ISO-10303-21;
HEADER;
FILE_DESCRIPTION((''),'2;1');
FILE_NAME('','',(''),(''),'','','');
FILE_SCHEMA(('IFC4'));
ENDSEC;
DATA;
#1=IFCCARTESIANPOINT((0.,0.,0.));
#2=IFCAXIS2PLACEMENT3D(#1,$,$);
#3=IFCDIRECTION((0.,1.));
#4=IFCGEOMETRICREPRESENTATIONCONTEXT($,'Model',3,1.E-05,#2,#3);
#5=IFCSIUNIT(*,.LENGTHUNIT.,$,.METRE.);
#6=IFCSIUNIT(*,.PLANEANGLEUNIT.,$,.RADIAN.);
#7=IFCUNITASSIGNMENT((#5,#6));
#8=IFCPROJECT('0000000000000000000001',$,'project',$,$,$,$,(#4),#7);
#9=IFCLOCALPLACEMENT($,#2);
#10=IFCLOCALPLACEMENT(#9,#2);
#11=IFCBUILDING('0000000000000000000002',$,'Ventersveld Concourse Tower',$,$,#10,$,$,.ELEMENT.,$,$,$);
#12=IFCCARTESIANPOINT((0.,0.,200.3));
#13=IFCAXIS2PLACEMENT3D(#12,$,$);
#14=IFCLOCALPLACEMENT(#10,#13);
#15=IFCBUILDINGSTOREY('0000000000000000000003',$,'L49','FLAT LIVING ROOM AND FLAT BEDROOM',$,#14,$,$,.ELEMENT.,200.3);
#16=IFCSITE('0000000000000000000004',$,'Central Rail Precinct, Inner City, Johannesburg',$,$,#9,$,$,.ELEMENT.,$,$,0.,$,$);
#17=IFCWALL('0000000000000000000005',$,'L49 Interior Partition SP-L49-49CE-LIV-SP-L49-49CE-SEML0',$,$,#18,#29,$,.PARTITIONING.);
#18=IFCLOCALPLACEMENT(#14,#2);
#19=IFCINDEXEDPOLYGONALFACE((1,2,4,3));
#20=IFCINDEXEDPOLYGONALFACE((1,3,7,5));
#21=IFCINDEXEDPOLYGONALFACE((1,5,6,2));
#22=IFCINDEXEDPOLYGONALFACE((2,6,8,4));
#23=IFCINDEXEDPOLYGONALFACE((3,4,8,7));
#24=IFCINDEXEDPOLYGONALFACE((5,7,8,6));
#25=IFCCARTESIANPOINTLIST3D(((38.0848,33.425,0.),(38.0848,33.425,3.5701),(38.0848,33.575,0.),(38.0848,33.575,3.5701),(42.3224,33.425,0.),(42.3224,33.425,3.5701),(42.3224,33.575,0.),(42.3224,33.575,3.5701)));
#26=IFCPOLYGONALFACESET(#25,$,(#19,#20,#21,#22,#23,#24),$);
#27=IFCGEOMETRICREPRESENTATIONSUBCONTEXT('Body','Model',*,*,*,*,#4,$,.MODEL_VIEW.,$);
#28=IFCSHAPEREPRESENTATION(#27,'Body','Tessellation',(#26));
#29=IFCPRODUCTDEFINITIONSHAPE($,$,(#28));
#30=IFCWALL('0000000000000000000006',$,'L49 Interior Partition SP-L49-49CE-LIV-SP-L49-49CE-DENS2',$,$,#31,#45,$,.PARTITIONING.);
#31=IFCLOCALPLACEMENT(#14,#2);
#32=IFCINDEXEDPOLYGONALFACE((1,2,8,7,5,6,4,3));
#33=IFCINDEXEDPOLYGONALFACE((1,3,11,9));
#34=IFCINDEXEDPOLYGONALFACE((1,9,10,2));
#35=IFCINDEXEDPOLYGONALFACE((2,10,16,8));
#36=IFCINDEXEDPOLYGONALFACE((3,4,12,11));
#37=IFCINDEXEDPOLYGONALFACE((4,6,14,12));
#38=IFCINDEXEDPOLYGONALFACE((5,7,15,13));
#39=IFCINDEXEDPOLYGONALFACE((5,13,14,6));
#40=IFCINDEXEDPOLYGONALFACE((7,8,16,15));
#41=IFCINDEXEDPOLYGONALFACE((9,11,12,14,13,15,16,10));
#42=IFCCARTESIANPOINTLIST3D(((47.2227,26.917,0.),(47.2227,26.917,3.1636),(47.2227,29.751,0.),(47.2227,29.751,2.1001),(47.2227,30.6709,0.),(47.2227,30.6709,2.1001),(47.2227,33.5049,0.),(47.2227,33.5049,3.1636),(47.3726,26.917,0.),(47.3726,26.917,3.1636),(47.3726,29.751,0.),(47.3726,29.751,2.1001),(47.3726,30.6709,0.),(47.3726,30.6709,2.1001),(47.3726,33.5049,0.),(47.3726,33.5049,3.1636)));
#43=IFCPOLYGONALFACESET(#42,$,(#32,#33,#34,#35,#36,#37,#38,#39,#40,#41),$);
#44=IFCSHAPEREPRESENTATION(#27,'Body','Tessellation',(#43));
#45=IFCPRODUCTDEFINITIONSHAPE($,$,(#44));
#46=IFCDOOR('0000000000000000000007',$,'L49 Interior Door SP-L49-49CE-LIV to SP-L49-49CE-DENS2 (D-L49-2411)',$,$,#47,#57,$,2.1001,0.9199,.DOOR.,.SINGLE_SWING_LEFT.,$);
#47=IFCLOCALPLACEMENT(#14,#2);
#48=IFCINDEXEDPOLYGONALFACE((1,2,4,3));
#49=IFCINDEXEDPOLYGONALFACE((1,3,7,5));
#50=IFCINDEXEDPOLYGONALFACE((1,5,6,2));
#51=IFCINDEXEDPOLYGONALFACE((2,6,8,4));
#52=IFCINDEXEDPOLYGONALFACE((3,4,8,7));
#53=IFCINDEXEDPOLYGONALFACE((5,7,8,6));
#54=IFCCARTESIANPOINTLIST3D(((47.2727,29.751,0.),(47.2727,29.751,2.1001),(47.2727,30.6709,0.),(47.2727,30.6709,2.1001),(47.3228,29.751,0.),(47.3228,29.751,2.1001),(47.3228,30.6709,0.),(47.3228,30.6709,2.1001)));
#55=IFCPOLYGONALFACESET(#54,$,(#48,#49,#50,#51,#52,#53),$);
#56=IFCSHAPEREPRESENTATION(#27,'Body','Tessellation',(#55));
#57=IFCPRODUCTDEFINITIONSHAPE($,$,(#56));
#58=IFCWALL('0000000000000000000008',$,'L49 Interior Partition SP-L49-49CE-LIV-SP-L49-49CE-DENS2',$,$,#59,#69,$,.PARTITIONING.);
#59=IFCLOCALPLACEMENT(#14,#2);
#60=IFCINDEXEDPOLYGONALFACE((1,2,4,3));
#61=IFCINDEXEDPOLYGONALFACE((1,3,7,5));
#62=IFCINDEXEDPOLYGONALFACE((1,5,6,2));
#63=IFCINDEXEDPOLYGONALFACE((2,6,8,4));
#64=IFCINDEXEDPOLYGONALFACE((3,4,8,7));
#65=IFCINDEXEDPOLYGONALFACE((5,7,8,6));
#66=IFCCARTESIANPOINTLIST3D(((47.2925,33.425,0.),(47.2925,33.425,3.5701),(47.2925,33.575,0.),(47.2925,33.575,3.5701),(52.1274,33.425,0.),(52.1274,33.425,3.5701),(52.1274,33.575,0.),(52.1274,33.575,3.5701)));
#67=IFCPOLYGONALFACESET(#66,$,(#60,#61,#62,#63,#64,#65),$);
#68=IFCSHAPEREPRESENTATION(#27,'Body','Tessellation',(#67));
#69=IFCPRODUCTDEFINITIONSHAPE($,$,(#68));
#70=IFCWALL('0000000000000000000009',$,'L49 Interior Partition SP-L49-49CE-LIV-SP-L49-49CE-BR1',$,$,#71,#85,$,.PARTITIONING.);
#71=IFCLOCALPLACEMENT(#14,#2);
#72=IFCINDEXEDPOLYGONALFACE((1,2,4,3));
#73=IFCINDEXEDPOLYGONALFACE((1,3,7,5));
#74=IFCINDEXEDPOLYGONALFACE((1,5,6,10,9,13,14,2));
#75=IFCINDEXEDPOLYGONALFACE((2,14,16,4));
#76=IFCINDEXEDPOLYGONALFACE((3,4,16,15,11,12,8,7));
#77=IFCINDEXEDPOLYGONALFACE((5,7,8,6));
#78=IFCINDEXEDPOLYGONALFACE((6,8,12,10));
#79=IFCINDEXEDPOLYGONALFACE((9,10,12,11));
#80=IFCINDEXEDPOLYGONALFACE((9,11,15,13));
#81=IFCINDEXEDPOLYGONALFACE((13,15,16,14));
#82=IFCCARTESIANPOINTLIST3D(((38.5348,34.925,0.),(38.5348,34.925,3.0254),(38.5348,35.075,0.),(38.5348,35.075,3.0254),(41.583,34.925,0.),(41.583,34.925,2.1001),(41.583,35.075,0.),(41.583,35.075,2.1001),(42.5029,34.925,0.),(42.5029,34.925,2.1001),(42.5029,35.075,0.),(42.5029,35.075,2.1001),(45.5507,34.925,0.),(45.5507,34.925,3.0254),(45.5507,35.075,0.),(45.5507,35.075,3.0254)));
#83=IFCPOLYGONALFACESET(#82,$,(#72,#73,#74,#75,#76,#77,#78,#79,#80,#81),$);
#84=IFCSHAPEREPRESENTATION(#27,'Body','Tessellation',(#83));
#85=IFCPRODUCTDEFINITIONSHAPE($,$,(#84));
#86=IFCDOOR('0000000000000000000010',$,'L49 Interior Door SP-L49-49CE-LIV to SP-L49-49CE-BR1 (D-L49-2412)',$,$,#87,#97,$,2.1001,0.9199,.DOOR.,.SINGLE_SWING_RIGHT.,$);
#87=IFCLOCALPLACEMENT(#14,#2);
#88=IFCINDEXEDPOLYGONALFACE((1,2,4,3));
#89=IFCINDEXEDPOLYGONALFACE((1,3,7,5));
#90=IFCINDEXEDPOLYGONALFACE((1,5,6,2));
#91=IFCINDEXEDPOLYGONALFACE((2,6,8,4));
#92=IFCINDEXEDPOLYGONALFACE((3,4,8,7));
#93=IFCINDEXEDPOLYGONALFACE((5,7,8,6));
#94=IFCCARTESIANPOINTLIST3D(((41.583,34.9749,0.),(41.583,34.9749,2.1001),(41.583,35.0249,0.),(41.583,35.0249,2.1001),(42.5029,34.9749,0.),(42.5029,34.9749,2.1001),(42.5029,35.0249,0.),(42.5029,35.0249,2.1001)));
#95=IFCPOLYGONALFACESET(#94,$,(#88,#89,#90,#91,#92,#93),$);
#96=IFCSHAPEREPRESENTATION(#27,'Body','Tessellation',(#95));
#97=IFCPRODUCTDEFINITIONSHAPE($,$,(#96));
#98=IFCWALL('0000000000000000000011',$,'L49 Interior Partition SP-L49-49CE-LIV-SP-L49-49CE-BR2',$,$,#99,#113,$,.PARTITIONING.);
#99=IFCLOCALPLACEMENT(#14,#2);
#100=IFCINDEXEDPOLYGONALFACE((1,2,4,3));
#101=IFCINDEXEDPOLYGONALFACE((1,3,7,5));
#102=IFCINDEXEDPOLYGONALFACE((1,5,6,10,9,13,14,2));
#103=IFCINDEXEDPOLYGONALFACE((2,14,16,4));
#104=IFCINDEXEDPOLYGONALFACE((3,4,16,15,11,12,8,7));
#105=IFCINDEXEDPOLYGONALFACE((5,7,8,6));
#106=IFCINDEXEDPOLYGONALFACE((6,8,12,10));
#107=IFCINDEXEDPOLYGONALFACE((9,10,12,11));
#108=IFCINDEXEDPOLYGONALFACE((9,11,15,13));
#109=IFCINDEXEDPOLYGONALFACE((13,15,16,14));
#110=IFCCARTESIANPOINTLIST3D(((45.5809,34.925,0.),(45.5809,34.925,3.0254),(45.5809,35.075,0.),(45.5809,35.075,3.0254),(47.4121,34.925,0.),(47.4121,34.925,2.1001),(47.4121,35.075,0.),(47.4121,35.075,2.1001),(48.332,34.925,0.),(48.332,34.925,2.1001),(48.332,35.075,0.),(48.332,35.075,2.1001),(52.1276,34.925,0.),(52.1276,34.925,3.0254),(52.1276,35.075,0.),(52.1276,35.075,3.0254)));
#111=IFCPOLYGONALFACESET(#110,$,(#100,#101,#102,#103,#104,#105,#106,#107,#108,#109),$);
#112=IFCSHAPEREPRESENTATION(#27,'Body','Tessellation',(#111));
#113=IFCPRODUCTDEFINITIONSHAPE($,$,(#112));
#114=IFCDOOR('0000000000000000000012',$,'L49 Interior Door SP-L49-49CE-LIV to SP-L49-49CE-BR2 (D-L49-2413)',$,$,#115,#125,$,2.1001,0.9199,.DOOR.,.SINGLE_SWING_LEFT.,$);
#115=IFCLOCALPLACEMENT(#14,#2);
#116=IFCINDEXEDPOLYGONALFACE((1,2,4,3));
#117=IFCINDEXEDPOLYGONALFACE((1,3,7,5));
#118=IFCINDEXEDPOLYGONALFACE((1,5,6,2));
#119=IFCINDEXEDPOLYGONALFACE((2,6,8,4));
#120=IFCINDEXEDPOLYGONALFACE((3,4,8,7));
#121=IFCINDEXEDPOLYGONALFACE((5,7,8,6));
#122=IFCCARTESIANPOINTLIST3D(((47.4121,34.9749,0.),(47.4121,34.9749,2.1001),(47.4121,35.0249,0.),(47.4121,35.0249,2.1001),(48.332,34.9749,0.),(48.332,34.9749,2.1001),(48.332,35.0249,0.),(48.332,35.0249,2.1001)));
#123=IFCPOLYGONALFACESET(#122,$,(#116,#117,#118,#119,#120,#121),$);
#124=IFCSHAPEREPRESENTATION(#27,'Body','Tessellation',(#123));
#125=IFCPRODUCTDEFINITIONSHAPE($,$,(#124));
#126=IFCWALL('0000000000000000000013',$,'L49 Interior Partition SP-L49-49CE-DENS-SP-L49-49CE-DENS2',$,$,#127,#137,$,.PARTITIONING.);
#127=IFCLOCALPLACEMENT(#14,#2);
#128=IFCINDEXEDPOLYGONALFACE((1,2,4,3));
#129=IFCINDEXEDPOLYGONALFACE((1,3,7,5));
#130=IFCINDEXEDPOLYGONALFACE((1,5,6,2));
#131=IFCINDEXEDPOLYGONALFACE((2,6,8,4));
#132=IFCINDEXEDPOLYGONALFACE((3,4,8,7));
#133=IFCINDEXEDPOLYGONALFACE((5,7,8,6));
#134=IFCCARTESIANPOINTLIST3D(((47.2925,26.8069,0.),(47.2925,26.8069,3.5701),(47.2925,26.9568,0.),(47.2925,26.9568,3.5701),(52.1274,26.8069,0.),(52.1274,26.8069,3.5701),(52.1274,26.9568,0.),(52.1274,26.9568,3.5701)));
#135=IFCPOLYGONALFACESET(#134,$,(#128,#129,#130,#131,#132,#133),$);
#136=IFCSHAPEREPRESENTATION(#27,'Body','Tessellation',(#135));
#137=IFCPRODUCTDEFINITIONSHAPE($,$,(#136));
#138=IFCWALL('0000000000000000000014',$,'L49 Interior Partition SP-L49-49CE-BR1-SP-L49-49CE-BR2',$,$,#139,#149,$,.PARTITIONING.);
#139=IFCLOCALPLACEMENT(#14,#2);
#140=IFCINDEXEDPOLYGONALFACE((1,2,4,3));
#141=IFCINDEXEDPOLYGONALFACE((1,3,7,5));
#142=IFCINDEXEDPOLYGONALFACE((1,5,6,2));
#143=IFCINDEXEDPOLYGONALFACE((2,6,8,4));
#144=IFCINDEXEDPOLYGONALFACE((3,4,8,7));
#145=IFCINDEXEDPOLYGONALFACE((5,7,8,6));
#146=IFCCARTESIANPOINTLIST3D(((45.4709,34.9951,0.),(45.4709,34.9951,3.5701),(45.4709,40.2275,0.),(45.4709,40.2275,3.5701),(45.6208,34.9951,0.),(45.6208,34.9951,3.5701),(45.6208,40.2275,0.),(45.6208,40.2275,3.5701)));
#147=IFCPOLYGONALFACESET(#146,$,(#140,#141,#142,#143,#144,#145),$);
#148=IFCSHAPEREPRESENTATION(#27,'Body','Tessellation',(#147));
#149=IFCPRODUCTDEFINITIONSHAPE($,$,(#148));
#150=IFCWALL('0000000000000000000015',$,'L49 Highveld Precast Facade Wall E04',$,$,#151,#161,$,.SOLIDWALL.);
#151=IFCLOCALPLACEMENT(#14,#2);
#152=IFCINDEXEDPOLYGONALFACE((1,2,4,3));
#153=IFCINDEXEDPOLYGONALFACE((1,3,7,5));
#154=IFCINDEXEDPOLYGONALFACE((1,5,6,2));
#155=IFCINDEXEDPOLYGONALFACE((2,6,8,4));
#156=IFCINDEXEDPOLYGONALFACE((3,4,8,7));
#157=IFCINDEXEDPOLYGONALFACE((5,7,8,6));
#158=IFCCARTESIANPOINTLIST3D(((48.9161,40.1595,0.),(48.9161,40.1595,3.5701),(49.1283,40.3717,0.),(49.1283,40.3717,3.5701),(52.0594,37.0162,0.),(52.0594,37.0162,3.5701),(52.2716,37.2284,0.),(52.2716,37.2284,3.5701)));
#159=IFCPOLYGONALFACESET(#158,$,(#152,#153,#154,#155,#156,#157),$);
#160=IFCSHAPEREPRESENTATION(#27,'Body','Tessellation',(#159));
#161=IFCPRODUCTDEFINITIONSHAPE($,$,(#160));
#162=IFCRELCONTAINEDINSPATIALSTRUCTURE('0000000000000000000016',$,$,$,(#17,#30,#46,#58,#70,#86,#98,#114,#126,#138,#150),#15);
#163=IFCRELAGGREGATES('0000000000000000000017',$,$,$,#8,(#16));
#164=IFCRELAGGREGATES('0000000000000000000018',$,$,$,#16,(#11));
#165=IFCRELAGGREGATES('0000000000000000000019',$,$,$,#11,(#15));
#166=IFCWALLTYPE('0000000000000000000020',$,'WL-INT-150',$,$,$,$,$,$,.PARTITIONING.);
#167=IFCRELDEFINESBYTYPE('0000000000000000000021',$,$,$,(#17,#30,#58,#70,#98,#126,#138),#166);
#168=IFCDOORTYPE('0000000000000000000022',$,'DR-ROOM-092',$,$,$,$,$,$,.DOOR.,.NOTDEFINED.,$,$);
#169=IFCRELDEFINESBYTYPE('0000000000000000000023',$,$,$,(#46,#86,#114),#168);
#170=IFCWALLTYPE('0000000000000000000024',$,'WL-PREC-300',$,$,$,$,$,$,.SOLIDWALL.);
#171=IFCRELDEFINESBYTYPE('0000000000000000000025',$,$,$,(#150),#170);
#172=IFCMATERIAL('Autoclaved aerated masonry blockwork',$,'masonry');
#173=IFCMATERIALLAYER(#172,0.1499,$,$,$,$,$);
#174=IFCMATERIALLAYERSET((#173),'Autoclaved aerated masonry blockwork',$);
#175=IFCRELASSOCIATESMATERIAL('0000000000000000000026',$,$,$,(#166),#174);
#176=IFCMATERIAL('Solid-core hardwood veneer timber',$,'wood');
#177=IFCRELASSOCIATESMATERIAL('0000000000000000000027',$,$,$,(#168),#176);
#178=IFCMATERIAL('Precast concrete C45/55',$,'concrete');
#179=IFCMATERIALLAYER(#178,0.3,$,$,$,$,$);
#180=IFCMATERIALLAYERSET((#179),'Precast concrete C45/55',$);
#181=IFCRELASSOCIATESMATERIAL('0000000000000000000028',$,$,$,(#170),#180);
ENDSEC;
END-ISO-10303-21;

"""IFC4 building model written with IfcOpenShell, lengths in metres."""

from ifc_helpers import new_model, si_unit, direction, frame, frame_2d, origin, place, context, subcontext, project, spatial, rectangle, extrude, material, layer, layer_set, type_object, element, fill, save


model = new_model("IFC4")

# Units and contexts
model_context = context("Model", 3, precision=1e-05, world=origin(), true_north=direction((0.0, 1.0)))
body_context = subcontext(model_context, "Body", "Model", "MODEL_VIEW")
ifc_project = project(units=[si_unit("LENGTHUNIT", "METRE"), si_unit("PLANEANGLEUNIT", "RADIAN")], contexts=[model_context])

# Site, building, storey
site_placement = place(None, origin())
site = spatial("IfcSite", under=ifc_project, at=site_placement, Name="Central Rail Precinct, Inner City, Johannesburg", CompositionType="ELEMENT", RefElevation=0.0)
building_placement = place(site_placement, origin())
building = spatial("IfcBuilding", under=site, at=building_placement, Name="Ventersveld Concourse Tower", CompositionType="ELEMENT")
storey_placement = place(building_placement, frame((0.0, 0.0, 200.3)))
storey = spatial("IfcBuildingStorey", under=building, at=storey_placement, Name="L49", Description="FLAT LIVING ROOM AND FLAT BEDROOM", CompositionType="ELEMENT", Elevation=200.3)

# Wall
ifc_material_1 = material(Name="Autoclaved aerated masonry blockwork", Category="masonry")
ifc_layer_1 = layer(ifc_material_1, 0.1499)
ifc_layer_set_1 = layer_set([ifc_layer_1], Name="Autoclaved aerated masonry blockwork")
wall_type_1 = type_object("IfcWallType", Name="WL-INT-150", PredefinedType="PARTITIONING", material=ifc_layer_set_1)
wall_1_placement = place(storey_placement, frame((38.085, 33.5, 0.0), z_axis=(0.0, 0.0, 1.0), x_axis=(1.0, 0.0, 0.0)))
element("IfcWall", 1, at=wall_1_placement, inside=storey, type_object=wall_type_1, Name="L49 Interior Partition SP-L49-49CE-LIV-SP-L49-49CE-SEML0", PredefinedType="PARTITIONING", context=body_context, shape_type="SweptSolid", body=[
    extrude(rectangle(XDim=4.2375, YDim=0.1499, at=frame_2d((2.1187, 0.0))), origin(), (0.0, 0.0, 1.0), 3.5701),
])

# Wall, opening, door
wall_2_placement = place(storey_placement, frame((47.2976, 26.917, 0.0), z_axis=(0.0, 0.0, 1.0), x_axis=(0.0, 1.0, 0.0)))
wall_2 = element("IfcWall", 2, at=wall_2_placement, inside=storey, type_object=wall_type_1, Name="L49 Interior Partition SP-L49-49CE-LIV-SP-L49-49CE-DENS2", PredefinedType="PARTITIONING", context=body_context, shape_type="SweptSolid", body=[
    extrude(rectangle(XDim=6.5879, YDim=0.1499, at=frame_2d((3.2939, 0.0))), origin(), (0.0, 0.0, 1.0), 3.1636),
])
opening_1_placement = place(wall_2_placement, frame((2.834, 0.0, 0.0)))
opening_1 = element("IfcOpeningElement", 3, at=opening_1_placement, cuts=wall_2, PredefinedType="OPENING", context=body_context, shape_type="SweptSolid", body=[
    extrude(rectangle(XDim=0.9199, YDim=2.1001, at=frame_2d((0.46, 1.05))), frame((0.0, 0.085, 0.0), z_axis=(0.0, -1.0, 0.0), x_axis=(1.0, 0.0, 0.0)), (0.0, 0.0, 1.0), 0.1699),
])
ifc_material_2 = material(Name="Solid-core hardwood veneer timber", Category="wood")
door_type = type_object("IfcDoorType", Name="DR-ROOM-092", OperationType="NOTDEFINED", PredefinedType="DOOR", material=ifc_material_2)
door_1_placement = place(opening_1_placement, origin())
door_1 = element("IfcDoor", 4, at=door_1_placement, inside=storey, type_object=door_type, Name="L49 Interior Door SP-L49-49CE-LIV to SP-L49-49CE-DENS2 (D-L49-2411)", OperationType="SINGLE_SWING_LEFT", OverallHeight=2.1001, OverallWidth=0.9199, PredefinedType="DOOR", context=body_context, shape_type="SweptSolid", body=[
    extrude(rectangle(XDim=0.9199, YDim=2.1001, at=frame_2d((0.46, 1.05))), frame((0.0, 0.0249, 0.0), z_axis=(0.0, -1.0, 0.0), x_axis=(1.0, 0.0, 0.0)), (0.0, 0.0, 1.0), 0.05),
])
fill(opening_1, door_1)

# Wall
wall_3_placement = place(storey_placement, frame((47.2925, 33.5, 0.0), z_axis=(0.0, 0.0, 1.0), x_axis=(1.0, 0.0, 0.0)))
element("IfcWall", 5, at=wall_3_placement, inside=storey, type_object=wall_type_1, Name="L49 Interior Partition SP-L49-49CE-LIV-SP-L49-49CE-DENS2", PredefinedType="PARTITIONING", context=body_context, shape_type="SweptSolid", body=[
    extrude(rectangle(XDim=4.835, YDim=0.1499, at=frame_2d((2.4175, 0.0))), origin(), (0.0, 0.0, 1.0), 3.5701),
])

# Walls, openings, doors
wall_4_placement = place(storey_placement, frame((38.5349, 35.0, 0.0), z_axis=(0.0, 0.0, 1.0), x_axis=(1.0, 0.0, 0.0)))
wall_4 = element("IfcWall", 6, at=wall_4_placement, inside=storey, type_object=wall_type_1, Name="L49 Interior Partition SP-L49-49CE-LIV-SP-L49-49CE-BR1", PredefinedType="PARTITIONING", context=body_context, shape_type="SweptSolid", body=[
    extrude(rectangle(XDim=7.0159, YDim=0.1499, at=frame_2d((3.5078, 0.0))), origin(), (0.0, 0.0, 1.0), 3.0254),
])
opening_2_placement = place(wall_4_placement, frame((3.0481, 0.0, 0.0)))
opening_2 = element("IfcOpeningElement", 7, at=opening_2_placement, cuts=wall_4, PredefinedType="OPENING", context=body_context, shape_type="SweptSolid", body=[
    extrude(rectangle(XDim=0.9199, YDim=2.1001, at=frame_2d((0.46, 1.05))), frame((0.0, 0.085, 0.0), z_axis=(0.0, -1.0, 0.0), x_axis=(1.0, 0.0, 0.0)), (0.0, 0.0, 1.0), 0.1699),
])
door_2_placement = place(opening_2_placement, origin())
door_2 = element("IfcDoor", 8, at=door_2_placement, inside=storey, type_object=door_type, Name="L49 Interior Door SP-L49-49CE-LIV to SP-L49-49CE-BR1 (D-L49-2412)", OperationType="SINGLE_SWING_RIGHT", OverallHeight=2.1001, OverallWidth=0.9199, PredefinedType="DOOR", context=body_context, shape_type="SweptSolid", body=[
    extrude(rectangle(XDim=0.9199, YDim=2.1001, at=frame_2d((0.46, 1.05))), frame((0.0, 0.0249, 0.0), z_axis=(0.0, -1.0, 0.0), x_axis=(1.0, 0.0, 0.0)), (0.0, 0.0, 1.0), 0.05),
])
fill(opening_2, door_2)
wall_5_placement = place(storey_placement, frame((45.5808, 35.0, 0.0), z_axis=(0.0, 0.0, 1.0), x_axis=(1.0, 0.0, 0.0)))
wall_5 = element("IfcWall", 9, at=wall_5_placement, inside=storey, type_object=wall_type_1, Name="L49 Interior Partition SP-L49-49CE-LIV-SP-L49-49CE-BR2", PredefinedType="PARTITIONING", context=body_context, shape_type="SweptSolid", body=[
    extrude(rectangle(XDim=6.5466, YDim=0.1499, at=frame_2d((3.2734, 0.0))), origin(), (0.0, 0.0, 1.0), 3.0254),
])
opening_3_placement = place(wall_5_placement, frame((1.8313, 0.0, 0.0)))
opening_3 = element("IfcOpeningElement", 10, at=opening_3_placement, cuts=wall_5, PredefinedType="OPENING", context=body_context, shape_type="SweptSolid", body=[
    extrude(rectangle(XDim=0.9199, YDim=2.1001, at=frame_2d((0.46, 1.05))), frame((0.0, 0.085, 0.0), z_axis=(0.0, -1.0, 0.0), x_axis=(1.0, 0.0, 0.0)), (0.0, 0.0, 1.0), 0.1699),
])
door_3_placement = place(opening_3_placement, origin())
door_3 = element("IfcDoor", 11, at=door_3_placement, inside=storey, type_object=door_type, Name="L49 Interior Door SP-L49-49CE-LIV to SP-L49-49CE-BR2 (D-L49-2413)", OperationType="SINGLE_SWING_LEFT", OverallHeight=2.1001, OverallWidth=0.9199, PredefinedType="DOOR", context=body_context, shape_type="SweptSolid", body=[
    extrude(rectangle(XDim=0.9199, YDim=2.1001, at=frame_2d((0.46, 1.05))), frame((0.0, 0.0249, 0.0), z_axis=(0.0, -1.0, 0.0), x_axis=(1.0, 0.0, 0.0)), (0.0, 0.0, 1.0), 0.05),
])
fill(opening_3, door_3)

# Walls
wall_6_placement = place(storey_placement, frame((47.2925, 26.8818, 0.0), z_axis=(0.0, 0.0, 1.0), x_axis=(1.0, 0.0, 0.0)))
element("IfcWall", 12, at=wall_6_placement, inside=storey, type_object=wall_type_1, Name="L49 Interior Partition SP-L49-49CE-DENS-SP-L49-49CE-DENS2", PredefinedType="PARTITIONING", context=body_context, shape_type="SweptSolid", body=[
    extrude(rectangle(XDim=4.835, YDim=0.1499, at=frame_2d((2.4175, 0.0))), origin(), (0.0, 0.0, 1.0), 3.5701),
])
wall_7_placement = place(storey_placement, frame((45.5459, 34.9951, 0.0), z_axis=(0.0, 0.0, 1.0), x_axis=(0.0, 1.0, 0.0)))
element("IfcWall", 13, at=wall_7_placement, inside=storey, type_object=wall_type_1, Name="L49 Interior Partition SP-L49-49CE-BR1-SP-L49-49CE-BR2", PredefinedType="PARTITIONING", context=body_context, shape_type="SweptSolid", body=[
    extrude(rectangle(XDim=5.2324, YDim=0.1499, at=frame_2d((2.6162, 0.0))), origin(), (0.0, 0.0, 1.0), 3.5701),
])
ifc_material_3 = material(Name="Precast concrete C45/55", Category="concrete")
ifc_layer_2 = layer(ifc_material_3, 0.3)
ifc_layer_set_2 = layer_set([ifc_layer_2], Name="Precast concrete C45/55")
wall_type_2 = type_object("IfcWallType", Name="WL-PREC-300", PredefinedType="SOLIDWALL", material=ifc_layer_set_2)
wall_8_placement = place(storey_placement, frame((52.1655, 37.1223, 0.0), z_axis=(0.0, 0.0, 1.0), x_axis=(-0.707107, 0.707107, 0.0)))
element("IfcWall", 14, at=wall_8_placement, inside=storey, type_object=wall_type_2, Name="L49 Highveld Precast Facade Wall E04", PredefinedType="SOLIDWALL", context=body_context, shape_type="SweptSolid", body=[
    extrude(rectangle(XDim=4.4453, YDim=0.3, at=frame_2d((2.2227, 0.0))), origin(), (0.0, 0.0, 1.0), 3.5701),
])

save(model, "model.ifc")
